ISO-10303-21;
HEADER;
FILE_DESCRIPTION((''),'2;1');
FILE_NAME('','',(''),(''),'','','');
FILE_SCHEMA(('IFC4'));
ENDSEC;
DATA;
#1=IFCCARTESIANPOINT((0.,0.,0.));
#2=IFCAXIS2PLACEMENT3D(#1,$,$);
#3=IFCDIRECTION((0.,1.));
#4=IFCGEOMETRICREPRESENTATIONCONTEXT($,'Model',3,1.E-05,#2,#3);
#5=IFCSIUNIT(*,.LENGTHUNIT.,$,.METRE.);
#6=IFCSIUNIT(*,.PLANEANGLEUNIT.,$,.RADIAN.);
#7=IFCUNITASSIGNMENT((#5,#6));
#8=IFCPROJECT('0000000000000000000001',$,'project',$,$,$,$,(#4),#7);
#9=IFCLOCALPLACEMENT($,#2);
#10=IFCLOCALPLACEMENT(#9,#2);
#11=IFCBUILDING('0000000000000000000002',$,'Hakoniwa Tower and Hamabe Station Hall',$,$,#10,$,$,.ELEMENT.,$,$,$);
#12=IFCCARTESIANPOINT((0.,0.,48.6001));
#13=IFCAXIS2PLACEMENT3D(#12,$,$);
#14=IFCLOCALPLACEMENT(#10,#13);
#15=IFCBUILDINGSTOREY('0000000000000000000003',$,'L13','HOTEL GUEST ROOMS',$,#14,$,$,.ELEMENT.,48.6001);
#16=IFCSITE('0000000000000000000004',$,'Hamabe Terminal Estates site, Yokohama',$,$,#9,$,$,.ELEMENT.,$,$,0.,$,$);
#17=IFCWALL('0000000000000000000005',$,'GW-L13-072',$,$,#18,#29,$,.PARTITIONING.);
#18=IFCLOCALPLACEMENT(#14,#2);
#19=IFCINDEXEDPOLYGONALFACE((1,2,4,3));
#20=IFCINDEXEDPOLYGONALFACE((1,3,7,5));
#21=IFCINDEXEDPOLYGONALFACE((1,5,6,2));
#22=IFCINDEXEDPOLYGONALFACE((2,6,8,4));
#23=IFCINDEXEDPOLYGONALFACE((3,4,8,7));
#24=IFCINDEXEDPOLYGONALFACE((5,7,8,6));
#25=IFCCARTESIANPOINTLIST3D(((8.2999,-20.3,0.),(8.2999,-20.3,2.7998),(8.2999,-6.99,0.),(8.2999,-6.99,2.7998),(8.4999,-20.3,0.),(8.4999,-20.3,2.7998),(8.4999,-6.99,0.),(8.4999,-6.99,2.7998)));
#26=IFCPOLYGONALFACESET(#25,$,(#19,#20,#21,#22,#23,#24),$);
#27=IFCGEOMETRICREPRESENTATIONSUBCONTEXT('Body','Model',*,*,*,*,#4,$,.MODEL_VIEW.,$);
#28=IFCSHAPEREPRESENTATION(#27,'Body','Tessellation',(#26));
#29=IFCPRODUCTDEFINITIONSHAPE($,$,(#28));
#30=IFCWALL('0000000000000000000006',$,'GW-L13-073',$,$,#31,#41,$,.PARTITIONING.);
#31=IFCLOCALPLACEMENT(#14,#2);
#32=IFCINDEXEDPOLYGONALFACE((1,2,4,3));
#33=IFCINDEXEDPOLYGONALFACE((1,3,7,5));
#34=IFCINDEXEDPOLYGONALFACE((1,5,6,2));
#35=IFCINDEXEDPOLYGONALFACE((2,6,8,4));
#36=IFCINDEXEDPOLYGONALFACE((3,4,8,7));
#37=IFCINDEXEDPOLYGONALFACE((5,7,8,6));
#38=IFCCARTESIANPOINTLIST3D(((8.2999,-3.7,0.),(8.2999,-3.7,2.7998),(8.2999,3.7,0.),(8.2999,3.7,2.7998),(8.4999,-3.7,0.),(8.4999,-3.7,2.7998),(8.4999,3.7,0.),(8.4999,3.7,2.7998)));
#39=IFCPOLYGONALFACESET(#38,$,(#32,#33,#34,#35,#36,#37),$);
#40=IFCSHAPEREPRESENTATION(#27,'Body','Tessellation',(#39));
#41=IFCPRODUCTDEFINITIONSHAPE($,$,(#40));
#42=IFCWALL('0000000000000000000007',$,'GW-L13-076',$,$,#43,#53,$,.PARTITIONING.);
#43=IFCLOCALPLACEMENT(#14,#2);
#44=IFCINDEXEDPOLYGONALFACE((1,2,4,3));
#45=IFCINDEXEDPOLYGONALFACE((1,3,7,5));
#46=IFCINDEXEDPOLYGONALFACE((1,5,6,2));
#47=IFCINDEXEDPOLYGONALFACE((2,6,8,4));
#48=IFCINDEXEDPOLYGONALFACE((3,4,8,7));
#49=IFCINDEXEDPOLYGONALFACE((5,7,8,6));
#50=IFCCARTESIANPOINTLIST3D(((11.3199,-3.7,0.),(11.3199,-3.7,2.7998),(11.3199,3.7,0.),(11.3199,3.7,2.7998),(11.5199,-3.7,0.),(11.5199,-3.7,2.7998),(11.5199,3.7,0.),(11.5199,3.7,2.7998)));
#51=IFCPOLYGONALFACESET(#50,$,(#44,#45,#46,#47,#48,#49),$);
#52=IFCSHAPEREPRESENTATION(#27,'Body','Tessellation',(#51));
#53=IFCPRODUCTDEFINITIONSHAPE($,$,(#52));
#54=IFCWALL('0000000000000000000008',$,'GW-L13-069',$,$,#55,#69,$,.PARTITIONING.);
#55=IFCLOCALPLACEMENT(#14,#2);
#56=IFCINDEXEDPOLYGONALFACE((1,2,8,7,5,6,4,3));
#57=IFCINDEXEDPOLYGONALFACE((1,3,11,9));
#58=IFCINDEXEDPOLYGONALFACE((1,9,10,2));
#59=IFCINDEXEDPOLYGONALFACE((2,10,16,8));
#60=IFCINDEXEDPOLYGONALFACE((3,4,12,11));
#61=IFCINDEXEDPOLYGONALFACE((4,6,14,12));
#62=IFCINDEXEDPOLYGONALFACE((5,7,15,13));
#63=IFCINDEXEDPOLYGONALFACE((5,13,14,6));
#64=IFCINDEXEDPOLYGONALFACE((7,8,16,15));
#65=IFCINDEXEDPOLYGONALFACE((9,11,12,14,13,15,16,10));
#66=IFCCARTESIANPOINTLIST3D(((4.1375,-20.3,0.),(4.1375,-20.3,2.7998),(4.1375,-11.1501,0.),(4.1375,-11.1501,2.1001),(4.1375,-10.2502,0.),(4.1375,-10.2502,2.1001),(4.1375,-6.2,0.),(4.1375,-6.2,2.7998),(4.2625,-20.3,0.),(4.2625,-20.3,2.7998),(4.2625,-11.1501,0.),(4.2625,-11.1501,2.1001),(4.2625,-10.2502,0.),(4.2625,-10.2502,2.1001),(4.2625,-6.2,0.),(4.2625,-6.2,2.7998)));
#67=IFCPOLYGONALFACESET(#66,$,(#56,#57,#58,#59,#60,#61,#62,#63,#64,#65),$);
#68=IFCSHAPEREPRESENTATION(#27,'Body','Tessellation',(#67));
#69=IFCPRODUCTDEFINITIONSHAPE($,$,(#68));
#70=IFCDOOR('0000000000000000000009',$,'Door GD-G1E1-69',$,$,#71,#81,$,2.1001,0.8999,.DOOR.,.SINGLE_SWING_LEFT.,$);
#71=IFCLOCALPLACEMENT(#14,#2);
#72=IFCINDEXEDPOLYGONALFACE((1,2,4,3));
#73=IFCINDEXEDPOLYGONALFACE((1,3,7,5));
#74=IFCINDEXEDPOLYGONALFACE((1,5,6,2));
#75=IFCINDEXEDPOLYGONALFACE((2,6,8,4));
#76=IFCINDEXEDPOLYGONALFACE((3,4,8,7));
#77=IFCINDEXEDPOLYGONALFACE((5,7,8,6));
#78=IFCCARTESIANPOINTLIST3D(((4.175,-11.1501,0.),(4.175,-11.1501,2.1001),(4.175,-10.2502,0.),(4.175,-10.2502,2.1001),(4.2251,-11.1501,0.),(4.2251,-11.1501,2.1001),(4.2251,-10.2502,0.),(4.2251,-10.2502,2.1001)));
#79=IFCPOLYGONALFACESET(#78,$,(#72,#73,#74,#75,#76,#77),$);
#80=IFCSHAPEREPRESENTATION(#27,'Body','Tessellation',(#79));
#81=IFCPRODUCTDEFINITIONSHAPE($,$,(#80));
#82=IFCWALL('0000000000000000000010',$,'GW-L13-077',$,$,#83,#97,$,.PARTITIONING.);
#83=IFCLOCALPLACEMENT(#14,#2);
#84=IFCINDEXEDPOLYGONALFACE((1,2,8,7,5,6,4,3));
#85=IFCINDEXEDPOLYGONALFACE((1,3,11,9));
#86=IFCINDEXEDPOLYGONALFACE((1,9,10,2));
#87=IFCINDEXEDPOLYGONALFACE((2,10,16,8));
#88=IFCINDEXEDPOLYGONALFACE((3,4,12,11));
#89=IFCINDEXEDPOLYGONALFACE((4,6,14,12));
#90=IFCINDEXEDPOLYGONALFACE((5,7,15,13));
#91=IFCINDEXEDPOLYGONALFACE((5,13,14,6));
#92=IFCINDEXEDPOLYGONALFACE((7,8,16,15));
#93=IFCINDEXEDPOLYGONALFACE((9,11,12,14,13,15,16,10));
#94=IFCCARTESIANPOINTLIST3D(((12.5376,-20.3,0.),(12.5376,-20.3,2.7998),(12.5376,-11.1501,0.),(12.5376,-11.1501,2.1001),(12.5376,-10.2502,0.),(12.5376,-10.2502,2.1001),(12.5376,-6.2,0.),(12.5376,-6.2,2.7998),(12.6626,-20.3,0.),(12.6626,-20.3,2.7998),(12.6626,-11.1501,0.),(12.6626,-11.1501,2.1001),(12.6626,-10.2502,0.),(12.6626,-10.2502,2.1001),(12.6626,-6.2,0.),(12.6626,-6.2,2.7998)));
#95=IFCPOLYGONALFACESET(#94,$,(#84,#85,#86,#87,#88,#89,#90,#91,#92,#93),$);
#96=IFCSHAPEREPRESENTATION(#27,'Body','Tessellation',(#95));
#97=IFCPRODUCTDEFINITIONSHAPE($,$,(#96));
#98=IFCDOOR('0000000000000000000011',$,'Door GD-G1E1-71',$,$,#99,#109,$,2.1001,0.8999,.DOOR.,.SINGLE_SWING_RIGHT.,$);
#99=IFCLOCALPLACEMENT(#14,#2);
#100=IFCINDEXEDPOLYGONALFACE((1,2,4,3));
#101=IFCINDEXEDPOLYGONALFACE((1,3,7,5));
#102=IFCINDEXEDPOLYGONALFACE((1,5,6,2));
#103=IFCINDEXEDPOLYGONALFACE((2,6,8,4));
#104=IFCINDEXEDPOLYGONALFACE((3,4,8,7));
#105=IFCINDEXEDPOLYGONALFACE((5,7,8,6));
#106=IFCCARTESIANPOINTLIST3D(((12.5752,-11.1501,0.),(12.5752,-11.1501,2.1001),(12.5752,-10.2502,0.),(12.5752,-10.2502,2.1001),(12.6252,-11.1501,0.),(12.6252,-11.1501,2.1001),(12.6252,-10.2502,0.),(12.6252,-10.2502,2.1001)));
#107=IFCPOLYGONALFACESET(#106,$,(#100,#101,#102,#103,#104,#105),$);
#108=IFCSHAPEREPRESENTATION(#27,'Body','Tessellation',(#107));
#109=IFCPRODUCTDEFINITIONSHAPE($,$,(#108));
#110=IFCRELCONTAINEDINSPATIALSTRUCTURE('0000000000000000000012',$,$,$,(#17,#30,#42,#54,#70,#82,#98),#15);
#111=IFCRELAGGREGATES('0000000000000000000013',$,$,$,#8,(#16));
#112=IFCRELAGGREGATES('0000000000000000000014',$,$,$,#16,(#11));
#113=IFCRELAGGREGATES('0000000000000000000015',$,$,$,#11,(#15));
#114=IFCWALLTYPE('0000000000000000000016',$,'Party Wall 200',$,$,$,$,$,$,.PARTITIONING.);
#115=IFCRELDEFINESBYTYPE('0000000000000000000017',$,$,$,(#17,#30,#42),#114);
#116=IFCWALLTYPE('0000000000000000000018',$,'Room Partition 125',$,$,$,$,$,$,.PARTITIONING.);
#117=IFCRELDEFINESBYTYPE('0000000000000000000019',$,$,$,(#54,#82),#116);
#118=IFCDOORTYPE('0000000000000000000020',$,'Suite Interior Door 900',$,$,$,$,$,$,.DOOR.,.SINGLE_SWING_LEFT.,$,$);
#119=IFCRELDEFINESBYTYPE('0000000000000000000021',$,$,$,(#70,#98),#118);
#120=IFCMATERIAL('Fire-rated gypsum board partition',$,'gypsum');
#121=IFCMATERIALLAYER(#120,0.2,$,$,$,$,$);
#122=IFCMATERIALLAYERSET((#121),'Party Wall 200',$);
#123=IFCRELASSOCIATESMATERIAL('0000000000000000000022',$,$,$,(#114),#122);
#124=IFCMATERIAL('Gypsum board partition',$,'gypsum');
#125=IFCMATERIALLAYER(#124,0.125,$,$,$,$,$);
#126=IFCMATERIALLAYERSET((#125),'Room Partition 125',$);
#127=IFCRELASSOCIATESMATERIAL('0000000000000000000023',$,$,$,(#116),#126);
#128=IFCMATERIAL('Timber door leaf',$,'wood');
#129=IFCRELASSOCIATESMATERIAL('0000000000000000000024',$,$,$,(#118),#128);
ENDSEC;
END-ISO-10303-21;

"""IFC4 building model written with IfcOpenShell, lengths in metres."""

from ifc_helpers import new_model, si_unit, direction, frame, frame_2d, origin, place, context, subcontext, project, spatial, rectangle, extrude, material, layer, layer_set, type_object, element, fill, save


model = new_model("IFC4")

# Units and contexts
model_context = context("Model", 3, precision=1e-05, world=origin(), true_north=direction((0.0, 1.0)))
body_context = subcontext(model_context, "Body", "Model", "MODEL_VIEW")
ifc_project = project(units=[si_unit("LENGTHUNIT", "METRE"), si_unit("PLANEANGLEUNIT", "RADIAN")], contexts=[model_context])

# Site, building, storey
site_placement = place(None, origin())
site = spatial("IfcSite", under=ifc_project, at=site_placement, Name="Hamabe Terminal Estates site, Yokohama", CompositionType="ELEMENT", RefElevation=0.0)
building_placement = place(site_placement, origin())
building = spatial("IfcBuilding", under=site, at=building_placement, Name="Hakoniwa Tower and Hamabe Station Hall", CompositionType="ELEMENT")
storey_placement = place(building_placement, frame((0.0, 0.0, 48.6001)))
storey = spatial("IfcBuildingStorey", under=building, at=storey_placement, Name="L13", Description="HOTEL GUEST ROOMS", CompositionType="ELEMENT", Elevation=48.6001)

# Walls
ifc_material_1 = material(Name="Fire-rated gypsum board partition", Category="gypsum")
ifc_layer_1 = layer(ifc_material_1, 0.2)
ifc_layer_set_1 = layer_set([ifc_layer_1], Name="Party Wall 200")
wall_type_1 = type_object("IfcWallType", Name="Party Wall 200", PredefinedType="PARTITIONING", material=ifc_layer_set_1)
wall_1_placement = place(storey_placement, frame((8.3999, -20.3, 0.0), z_axis=(0.0, 0.0, 1.0), x_axis=(0.0, 1.0, 0.0)))
element("IfcWall", 1, at=wall_1_placement, inside=storey, type_object=wall_type_1, Name="GW-L13-072", PredefinedType="PARTITIONING", context=body_context, shape_type="SweptSolid", body=[
    extrude(rectangle(XDim=13.3101, YDim=0.2, at=frame_2d((6.655, 0.0))), origin(), (0.0, 0.0, 1.0), 2.7998),
])
for number, where, z_axis, x_axis, name in (
    (2, (8.3999, -3.7, 0.0), (0.0, 0.0, 1.0), (0.0, 1.0, 0.0), "GW-L13-073"),
    (3, (11.4199, -3.7, 0.0), (0.0, 0.0, 1.0), (0.0, 1.0, 0.0), "GW-L13-076"),
):
    element("IfcWall", number, at=place(storey_placement, frame(where, z_axis=z_axis, x_axis=x_axis)), inside=storey, type_object=wall_type_1, Name=name, PredefinedType="PARTITIONING", context=body_context, shape_type="SweptSolid", body=[
        extrude(rectangle(XDim=7.3999, YDim=0.2, at=frame_2d((3.7, 0.0))), origin(), (0.0, 0.0, 1.0), 2.7998),
    ])

# Walls, openings, doors
ifc_material_2 = material(Name="Gypsum board partition", Category="gypsum")
ifc_layer_2 = layer(ifc_material_2, 0.125)
ifc_layer_set_2 = layer_set([ifc_layer_2], Name="Room Partition 125")
wall_type_2 = type_object("IfcWallType", Name="Room Partition 125", PredefinedType="PARTITIONING", material=ifc_layer_set_2)
wall_2_placement = place(storey_placement, frame((4.2, -20.3, 0.0), z_axis=(0.0, 0.0, 1.0), x_axis=(0.0, 1.0, 0.0)))
wall_2 = element("IfcWall", 4, at=wall_2_placement, inside=storey, type_object=wall_type_2, Name="GW-L13-069", PredefinedType="PARTITIONING", context=body_context, shape_type="SweptSolid", body=[
    extrude(rectangle(XDim=14.1001, YDim=0.125, at=frame_2d((7.05, 0.0))), origin(), (0.0, 0.0, 1.0), 2.7998),
])
opening_1_placement = place(wall_2_placement, frame((9.1499, 0.0, 0.0)))
opening_1 = element("IfcOpeningElement", 5, at=opening_1_placement, cuts=wall_2, PredefinedType="OPENING", context=body_context, shape_type="SweptSolid", body=[
    extrude(rectangle(XDim=0.8999, YDim=2.1001, at=frame_2d((0.45, 1.05))), frame((0.0, 0.0725, 0.0), z_axis=(0.0, -1.0, 0.0), x_axis=(1.0, 0.0, 0.0)), (0.0, 0.0, 1.0), 0.145),
])
ifc_material_3 = material(Name="Timber door leaf", Category="wood")
door_type_1 = type_object("IfcDoorType", Name="Suite Interior Door 900", OperationType="SINGLE_SWING_LEFT", PredefinedType="DOOR", material=ifc_material_3)
door_1_placement = place(opening_1_placement, origin())
door_1 = element("IfcDoor", 6, at=door_1_placement, inside=storey, type_object=door_type_1, Name="Door GD-G1E1-69", OperationType="SINGLE_SWING_LEFT", OverallHeight=2.1001, OverallWidth=0.8999, PredefinedType="DOOR", context=body_context, shape_type="SweptSolid", body=[
    extrude(rectangle(XDim=0.8999, YDim=2.1001, at=frame_2d((0.45, 1.05))), frame((0.0, 0.0249, 0.0), z_axis=(0.0, -1.0, 0.0), x_axis=(1.0, 0.0, 0.0)), (0.0, 0.0, 1.0), 0.05),
])
fill(opening_1, door_1)
wall_3_placement = place(storey_placement, frame((12.6001, -20.3, 0.0), z_axis=(0.0, 0.0, 1.0), x_axis=(0.0, 1.0, 0.0)))
wall_3 = element("IfcWall", 7, at=wall_3_placement, inside=storey, type_object=wall_type_2, Name="GW-L13-077", PredefinedType="PARTITIONING", context=body_context, shape_type="SweptSolid", body=[
    extrude(rectangle(XDim=14.1001, YDim=0.125, at=frame_2d((7.05, 0.0))), origin(), (0.0, 0.0, 1.0), 2.7998),
])
opening_2_placement = place(wall_3_placement, frame((9.1499, 0.0, 0.0)))
opening_2 = element("IfcOpeningElement", 8, at=opening_2_placement, cuts=wall_3, PredefinedType="OPENING", context=body_context, shape_type="SweptSolid", body=[
    extrude(rectangle(XDim=0.8999, YDim=2.1001, at=frame_2d((0.45, 1.05))), frame((0.0, 0.0725, 0.0), z_axis=(0.0, -1.0, 0.0), x_axis=(1.0, 0.0, 0.0)), (0.0, 0.0, 1.0), 0.145),
])
door_2_placement = place(opening_2_placement, origin())
door_2 = element("IfcDoor", 9, at=door_2_placement, inside=storey, type_object=door_type_1, Name="Door GD-G1E1-71", OperationType="SINGLE_SWING_RIGHT", OverallHeight=2.1001, OverallWidth=0.8999, PredefinedType="DOOR", context=body_context, shape_type="SweptSolid", body=[
    extrude(rectangle(XDim=0.8999, YDim=2.1001, at=frame_2d((0.45, 1.05))), frame((0.0, 0.0249, 0.0), z_axis=(0.0, -1.0, 0.0), x_axis=(1.0, 0.0, 0.0)), (0.0, 0.0, 1.0), 0.05),
])
fill(opening_2, door_2)

save(model, "model.ifc")
